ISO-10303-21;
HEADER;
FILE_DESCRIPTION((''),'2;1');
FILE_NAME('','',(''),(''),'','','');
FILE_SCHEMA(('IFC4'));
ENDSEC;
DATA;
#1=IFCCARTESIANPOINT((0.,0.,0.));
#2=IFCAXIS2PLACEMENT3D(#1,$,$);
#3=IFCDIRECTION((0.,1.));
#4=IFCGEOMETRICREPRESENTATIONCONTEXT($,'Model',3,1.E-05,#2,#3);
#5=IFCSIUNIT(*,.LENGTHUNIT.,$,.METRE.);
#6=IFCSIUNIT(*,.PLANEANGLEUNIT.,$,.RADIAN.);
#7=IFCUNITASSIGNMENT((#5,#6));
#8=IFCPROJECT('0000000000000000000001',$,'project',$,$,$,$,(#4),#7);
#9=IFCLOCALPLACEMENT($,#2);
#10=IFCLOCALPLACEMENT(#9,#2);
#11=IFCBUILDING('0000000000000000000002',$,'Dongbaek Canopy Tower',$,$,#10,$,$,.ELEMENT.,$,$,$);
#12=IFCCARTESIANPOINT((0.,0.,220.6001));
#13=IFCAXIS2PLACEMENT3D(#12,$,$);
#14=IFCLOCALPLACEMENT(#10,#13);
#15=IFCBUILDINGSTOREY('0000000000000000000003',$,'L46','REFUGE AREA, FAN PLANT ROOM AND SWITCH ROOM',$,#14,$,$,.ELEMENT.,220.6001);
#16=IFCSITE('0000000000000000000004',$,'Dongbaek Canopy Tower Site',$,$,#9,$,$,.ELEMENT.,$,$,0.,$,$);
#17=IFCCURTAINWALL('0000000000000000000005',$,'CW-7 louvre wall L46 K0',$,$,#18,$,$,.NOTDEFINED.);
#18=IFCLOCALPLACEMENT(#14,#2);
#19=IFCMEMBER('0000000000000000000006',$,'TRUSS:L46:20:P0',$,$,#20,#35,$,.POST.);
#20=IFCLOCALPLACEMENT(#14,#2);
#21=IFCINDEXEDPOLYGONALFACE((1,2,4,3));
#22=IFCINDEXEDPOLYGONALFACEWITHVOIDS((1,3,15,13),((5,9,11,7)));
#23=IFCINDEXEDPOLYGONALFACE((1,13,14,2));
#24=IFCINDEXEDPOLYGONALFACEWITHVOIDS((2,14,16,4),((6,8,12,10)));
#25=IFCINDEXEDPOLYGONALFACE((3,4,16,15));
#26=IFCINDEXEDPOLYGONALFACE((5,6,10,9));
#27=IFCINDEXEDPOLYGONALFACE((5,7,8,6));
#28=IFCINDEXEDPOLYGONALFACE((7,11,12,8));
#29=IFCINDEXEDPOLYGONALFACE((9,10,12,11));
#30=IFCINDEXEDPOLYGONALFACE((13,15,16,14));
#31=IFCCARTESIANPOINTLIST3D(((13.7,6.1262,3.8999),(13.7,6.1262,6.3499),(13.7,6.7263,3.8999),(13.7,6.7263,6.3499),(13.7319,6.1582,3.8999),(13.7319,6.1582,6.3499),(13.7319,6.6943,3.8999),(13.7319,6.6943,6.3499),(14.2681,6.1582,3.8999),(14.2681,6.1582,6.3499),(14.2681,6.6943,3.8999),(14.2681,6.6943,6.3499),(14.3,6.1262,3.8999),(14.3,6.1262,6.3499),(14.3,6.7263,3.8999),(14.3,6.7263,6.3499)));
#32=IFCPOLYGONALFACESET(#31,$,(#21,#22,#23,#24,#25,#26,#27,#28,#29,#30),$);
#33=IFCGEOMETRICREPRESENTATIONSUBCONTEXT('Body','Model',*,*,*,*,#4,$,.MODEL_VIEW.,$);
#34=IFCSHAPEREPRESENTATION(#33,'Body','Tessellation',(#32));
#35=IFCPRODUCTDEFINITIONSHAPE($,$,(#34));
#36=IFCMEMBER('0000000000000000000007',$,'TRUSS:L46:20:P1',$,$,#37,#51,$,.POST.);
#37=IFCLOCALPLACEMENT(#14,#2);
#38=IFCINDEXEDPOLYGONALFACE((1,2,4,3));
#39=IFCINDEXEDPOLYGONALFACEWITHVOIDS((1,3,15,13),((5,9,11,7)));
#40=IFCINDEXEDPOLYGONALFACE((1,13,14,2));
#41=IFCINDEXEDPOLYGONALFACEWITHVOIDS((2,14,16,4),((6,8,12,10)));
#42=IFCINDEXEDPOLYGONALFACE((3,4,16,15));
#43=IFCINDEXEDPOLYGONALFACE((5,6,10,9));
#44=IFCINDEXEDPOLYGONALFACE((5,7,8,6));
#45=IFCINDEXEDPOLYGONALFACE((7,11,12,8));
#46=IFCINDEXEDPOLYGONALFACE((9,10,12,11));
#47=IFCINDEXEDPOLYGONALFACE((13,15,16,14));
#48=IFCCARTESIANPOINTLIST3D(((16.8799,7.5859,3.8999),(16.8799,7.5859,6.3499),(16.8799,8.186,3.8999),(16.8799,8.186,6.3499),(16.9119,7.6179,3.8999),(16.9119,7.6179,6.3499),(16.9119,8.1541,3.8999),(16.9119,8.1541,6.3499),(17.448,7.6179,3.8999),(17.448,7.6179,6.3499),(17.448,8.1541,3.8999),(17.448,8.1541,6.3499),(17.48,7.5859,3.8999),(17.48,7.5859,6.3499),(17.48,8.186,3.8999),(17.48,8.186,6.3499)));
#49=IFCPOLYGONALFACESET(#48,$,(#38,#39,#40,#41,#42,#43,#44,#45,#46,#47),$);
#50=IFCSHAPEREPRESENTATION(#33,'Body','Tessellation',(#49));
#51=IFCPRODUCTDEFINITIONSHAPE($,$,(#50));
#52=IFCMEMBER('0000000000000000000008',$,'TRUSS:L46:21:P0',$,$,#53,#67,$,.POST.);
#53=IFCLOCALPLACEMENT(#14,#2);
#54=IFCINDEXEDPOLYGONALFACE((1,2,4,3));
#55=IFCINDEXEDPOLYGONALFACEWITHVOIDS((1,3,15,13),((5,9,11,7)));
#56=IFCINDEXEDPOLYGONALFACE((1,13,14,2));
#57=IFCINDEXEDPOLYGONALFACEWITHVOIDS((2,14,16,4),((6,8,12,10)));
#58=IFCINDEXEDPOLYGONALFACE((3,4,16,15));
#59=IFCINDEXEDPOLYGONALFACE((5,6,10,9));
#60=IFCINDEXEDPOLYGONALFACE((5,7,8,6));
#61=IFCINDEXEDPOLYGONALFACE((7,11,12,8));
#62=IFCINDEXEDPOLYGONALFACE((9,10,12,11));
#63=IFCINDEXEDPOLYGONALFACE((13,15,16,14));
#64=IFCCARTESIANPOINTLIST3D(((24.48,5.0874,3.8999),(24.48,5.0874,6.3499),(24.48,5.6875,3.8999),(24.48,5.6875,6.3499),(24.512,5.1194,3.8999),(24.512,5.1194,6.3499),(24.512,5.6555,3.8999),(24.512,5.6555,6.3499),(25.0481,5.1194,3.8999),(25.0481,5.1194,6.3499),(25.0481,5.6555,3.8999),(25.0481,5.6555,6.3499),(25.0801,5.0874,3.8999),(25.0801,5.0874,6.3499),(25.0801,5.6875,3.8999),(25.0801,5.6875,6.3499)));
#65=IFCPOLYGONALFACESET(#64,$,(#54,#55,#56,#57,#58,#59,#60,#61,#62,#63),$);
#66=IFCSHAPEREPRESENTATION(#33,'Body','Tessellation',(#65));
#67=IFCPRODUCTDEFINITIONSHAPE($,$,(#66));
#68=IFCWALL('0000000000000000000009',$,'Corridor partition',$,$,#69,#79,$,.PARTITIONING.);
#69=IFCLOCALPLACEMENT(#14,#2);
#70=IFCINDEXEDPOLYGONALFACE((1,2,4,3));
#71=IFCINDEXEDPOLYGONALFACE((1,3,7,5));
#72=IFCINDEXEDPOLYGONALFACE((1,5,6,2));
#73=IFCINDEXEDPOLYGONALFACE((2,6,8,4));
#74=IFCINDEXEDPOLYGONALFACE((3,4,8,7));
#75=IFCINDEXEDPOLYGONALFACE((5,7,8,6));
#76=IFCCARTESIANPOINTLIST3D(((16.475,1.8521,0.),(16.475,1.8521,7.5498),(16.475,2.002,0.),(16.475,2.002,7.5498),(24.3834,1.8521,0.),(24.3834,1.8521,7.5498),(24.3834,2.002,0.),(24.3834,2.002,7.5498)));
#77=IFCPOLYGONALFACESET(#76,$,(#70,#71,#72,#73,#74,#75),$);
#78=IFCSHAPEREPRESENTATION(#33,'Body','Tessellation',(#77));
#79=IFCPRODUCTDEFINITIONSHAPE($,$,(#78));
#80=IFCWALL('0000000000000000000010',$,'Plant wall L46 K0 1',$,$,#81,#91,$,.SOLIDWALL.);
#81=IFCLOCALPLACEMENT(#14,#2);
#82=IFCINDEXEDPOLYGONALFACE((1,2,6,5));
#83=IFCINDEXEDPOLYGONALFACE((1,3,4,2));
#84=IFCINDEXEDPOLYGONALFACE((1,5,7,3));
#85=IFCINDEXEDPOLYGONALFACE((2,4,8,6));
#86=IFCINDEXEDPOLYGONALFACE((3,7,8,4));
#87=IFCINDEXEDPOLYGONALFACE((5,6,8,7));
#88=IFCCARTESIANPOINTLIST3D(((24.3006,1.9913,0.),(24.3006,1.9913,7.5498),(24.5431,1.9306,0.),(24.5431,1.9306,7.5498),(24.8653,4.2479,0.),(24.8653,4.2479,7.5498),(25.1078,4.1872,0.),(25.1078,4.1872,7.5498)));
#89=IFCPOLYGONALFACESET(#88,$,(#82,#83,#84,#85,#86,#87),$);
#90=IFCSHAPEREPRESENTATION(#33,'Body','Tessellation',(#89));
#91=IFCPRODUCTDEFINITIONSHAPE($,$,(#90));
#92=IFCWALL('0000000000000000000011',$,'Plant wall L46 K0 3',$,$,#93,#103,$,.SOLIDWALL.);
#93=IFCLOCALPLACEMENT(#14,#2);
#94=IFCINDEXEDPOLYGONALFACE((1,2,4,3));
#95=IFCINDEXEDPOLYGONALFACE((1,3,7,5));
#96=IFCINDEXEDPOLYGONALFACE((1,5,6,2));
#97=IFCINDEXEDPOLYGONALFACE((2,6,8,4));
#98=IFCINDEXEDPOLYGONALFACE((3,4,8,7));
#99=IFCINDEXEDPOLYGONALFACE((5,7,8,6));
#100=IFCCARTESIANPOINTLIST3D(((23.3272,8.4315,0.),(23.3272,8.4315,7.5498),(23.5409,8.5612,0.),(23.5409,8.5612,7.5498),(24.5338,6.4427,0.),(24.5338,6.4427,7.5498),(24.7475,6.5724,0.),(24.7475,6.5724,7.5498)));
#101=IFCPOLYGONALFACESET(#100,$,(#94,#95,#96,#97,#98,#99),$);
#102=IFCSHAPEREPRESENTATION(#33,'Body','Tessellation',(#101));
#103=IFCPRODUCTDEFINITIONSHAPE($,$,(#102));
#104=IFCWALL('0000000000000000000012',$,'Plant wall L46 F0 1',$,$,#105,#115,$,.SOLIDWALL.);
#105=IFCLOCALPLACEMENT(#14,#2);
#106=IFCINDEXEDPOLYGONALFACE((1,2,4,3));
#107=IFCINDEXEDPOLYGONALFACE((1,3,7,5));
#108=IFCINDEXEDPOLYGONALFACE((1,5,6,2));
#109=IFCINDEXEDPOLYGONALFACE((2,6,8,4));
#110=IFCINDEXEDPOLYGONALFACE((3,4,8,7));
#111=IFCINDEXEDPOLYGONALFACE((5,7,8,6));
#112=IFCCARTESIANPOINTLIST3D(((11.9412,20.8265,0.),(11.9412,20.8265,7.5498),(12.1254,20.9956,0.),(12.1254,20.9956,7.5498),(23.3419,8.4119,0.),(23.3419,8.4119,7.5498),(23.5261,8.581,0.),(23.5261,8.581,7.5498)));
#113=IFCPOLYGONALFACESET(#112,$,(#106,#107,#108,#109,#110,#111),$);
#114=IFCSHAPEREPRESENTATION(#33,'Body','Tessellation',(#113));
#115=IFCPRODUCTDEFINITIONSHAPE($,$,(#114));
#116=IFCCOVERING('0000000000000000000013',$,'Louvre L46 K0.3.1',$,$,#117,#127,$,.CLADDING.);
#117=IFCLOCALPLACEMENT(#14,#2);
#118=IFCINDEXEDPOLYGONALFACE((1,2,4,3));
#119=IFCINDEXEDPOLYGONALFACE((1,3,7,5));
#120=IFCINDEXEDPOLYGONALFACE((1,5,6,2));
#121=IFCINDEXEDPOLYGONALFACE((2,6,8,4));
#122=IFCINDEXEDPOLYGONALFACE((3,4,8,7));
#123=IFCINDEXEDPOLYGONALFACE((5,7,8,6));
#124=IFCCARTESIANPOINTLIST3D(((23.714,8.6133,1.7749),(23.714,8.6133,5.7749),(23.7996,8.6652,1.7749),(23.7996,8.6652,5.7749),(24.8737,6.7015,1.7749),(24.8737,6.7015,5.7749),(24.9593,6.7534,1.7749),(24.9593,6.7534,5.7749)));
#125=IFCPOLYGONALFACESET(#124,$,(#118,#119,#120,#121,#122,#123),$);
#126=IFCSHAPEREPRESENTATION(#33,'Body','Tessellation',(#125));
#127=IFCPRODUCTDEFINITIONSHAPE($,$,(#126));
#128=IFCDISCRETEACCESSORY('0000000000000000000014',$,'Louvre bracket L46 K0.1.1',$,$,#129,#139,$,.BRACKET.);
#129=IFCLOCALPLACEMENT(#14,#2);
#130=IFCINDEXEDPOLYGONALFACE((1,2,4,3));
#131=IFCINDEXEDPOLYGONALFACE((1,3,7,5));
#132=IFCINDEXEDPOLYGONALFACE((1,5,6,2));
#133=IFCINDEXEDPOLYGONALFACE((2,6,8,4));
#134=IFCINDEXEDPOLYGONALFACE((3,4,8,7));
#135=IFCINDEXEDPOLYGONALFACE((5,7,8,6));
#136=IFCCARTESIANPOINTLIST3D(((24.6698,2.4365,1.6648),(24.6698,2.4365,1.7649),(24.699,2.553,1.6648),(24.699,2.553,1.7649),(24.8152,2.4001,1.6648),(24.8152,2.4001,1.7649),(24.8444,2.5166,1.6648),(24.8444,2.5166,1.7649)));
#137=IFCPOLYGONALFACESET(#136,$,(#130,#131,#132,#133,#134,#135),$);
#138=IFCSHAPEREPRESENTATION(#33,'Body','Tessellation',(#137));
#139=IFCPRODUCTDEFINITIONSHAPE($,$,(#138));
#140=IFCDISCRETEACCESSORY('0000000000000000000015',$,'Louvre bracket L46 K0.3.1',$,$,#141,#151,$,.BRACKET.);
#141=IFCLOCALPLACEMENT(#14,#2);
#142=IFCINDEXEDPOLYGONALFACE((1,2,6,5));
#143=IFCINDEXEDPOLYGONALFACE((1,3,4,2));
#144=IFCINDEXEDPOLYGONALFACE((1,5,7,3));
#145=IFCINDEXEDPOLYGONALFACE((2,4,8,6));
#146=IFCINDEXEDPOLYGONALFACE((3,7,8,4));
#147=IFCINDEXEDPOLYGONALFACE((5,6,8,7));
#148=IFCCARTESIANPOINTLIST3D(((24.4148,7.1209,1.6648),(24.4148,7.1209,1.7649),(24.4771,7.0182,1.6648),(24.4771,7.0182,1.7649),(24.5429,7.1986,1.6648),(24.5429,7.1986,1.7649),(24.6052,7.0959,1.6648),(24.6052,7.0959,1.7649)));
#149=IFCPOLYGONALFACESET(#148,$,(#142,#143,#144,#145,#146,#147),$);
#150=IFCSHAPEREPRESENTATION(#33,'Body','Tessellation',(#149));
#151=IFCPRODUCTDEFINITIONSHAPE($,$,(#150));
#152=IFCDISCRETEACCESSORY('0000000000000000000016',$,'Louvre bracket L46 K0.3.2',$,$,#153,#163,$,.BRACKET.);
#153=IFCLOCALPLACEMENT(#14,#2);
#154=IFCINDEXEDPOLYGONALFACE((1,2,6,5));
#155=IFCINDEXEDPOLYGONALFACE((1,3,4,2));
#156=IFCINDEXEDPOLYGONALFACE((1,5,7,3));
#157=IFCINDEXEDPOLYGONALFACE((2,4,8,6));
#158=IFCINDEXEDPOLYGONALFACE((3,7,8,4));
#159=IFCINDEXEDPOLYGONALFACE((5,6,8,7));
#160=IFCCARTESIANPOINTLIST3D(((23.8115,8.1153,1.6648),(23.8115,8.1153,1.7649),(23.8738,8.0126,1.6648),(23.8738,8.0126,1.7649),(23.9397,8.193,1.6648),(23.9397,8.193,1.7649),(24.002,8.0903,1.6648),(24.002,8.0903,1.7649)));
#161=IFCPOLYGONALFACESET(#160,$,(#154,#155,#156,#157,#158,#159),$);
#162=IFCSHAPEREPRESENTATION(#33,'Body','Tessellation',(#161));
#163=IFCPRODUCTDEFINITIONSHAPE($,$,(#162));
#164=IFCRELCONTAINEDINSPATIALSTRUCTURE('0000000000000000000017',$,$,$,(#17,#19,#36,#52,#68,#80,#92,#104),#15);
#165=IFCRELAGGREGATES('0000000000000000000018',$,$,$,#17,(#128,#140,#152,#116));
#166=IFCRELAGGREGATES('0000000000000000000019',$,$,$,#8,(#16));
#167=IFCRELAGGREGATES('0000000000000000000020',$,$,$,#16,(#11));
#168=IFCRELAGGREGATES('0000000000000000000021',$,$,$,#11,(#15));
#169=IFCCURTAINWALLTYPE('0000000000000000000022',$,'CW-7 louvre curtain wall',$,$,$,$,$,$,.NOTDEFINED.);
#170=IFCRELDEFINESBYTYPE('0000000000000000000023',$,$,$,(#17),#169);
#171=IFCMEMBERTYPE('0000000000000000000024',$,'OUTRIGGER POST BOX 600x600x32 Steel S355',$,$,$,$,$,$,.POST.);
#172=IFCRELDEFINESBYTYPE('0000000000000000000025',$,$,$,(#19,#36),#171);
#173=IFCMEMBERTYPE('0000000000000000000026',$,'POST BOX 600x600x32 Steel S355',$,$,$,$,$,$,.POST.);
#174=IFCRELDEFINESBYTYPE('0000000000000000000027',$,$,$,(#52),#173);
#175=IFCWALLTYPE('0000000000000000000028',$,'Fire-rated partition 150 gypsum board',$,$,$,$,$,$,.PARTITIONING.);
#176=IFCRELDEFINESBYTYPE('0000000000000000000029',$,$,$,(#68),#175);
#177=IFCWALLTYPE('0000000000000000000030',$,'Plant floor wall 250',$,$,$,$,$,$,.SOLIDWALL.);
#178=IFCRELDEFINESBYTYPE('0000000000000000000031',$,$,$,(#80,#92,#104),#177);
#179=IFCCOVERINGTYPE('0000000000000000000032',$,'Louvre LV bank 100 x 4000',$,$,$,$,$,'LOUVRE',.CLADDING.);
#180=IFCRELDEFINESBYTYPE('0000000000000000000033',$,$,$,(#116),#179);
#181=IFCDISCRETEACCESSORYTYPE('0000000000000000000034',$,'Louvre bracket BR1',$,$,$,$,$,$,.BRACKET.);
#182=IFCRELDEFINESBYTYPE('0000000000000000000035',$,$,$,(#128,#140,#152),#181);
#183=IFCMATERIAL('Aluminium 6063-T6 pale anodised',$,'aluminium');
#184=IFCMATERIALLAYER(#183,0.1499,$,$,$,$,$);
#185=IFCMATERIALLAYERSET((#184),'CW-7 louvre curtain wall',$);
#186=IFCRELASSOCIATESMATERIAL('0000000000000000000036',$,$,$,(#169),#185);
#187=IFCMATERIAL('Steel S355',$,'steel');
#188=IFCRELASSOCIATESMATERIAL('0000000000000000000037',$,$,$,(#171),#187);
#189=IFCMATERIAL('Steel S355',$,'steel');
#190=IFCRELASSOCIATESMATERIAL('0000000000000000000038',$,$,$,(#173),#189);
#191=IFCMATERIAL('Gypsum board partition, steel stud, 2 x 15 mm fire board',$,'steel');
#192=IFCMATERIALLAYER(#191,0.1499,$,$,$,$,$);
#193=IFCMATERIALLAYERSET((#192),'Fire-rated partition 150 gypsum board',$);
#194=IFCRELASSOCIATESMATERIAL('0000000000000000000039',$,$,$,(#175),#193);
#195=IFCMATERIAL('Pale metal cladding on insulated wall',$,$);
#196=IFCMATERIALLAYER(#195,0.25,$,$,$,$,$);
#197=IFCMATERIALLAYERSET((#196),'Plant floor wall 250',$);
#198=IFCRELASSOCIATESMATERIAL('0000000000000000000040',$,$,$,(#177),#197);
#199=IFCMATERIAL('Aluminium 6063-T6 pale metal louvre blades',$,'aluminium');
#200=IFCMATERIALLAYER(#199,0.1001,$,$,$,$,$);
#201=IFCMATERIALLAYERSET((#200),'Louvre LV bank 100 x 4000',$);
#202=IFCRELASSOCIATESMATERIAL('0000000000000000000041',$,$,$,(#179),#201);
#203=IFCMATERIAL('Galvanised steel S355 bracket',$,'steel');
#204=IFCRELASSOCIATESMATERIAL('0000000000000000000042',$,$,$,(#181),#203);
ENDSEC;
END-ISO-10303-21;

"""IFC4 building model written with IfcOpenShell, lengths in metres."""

from ifc_helpers import new_model, si_unit, direction, frame, frame_2d, origin, origin_2d, place, context, subcontext, project, spatial, rectangle, hollow_rectangle, extrude, material, layer, layer_set, material_profile, profile_set, type_object, element, aggregate, save


model = new_model("IFC4")

# Units and contexts
model_context = context("Model", 3, precision=1e-05, world=origin(), true_north=direction((0.0, 1.0)))
body_context = subcontext(model_context, "Body", "Model", "MODEL_VIEW")
ifc_project = project(units=[si_unit("LENGTHUNIT", "METRE"), si_unit("PLANEANGLEUNIT", "RADIAN")], contexts=[model_context])

# Site, building, storey
site_placement = place(None, origin())
site = spatial("IfcSite", under=ifc_project, at=site_placement, Name="Dongbaek Canopy Tower Site", CompositionType="ELEMENT", RefElevation=0.0)
building_placement = place(site_placement, origin())
building = spatial("IfcBuilding", under=site, at=building_placement, Name="Dongbaek Canopy Tower", CompositionType="ELEMENT")
storey_placement = place(building_placement, frame((0.0, 0.0, 220.6001)))
storey = spatial("IfcBuildingStorey", under=building, at=storey_placement, Name="L46", Description="REFUGE AREA, FAN PLANT ROOM AND SWITCH ROOM", CompositionType="ELEMENT", Elevation=220.6001)

# Curtain wall
ifc_material_1 = material(Name="Aluminium 6063-T6 pale anodised", Category="aluminium")
ifc_layer_1 = layer(ifc_material_1, 0.1499)
ifc_layer_set_1 = layer_set([ifc_layer_1], Name="CW-7 louvre curtain wall")
curtain_wall_type = type_object("IfcCurtainWallType", Name="CW-7 louvre curtain wall", PredefinedType="NOTDEFINED", material=ifc_layer_set_1)
curtain_wall_1_placement = place(storey_placement, origin())
curtain_wall_1 = element("IfcCurtainWall", 1, at=curtain_wall_1_placement, inside=storey, type_object=curtain_wall_type, Name="CW-7 louvre wall L46 K0", PredefinedType="NOTDEFINED")

# Members
ifc_material_2 = material(Name="Steel S355", Category="steel")
ifc_material_profile_1 = material_profile(ifc_material_2, hollow_rectangle(XDim=0.6001, YDim=0.6001, WallThickness=0.032, at=origin_2d()), Name="OUTRIGGER POST BOX 600x600x32 Steel S355")
ifc_profile_set_1 = profile_set([ifc_material_profile_1], Name="Steel S355")
member_type_1 = type_object("IfcMemberType", Name="OUTRIGGER POST BOX 600x600x32 Steel S355", PredefinedType="POST", material=ifc_profile_set_1)
for number, where, z_axis, x_axis, name in (
    (2, (14.0, 6.4263, 3.8999), (0.0, 0.0, 1.0), (1.0, 0.0, 0.0), "TRUSS:L46:20:P0"),
    (3, (17.1799, 7.886, 3.8999), (0.0, 0.0, 1.0), (1.0, 0.0, 0.0), "TRUSS:L46:20:P1"),
):
    element("IfcMember", number, at=place(storey_placement, frame(where, z_axis=z_axis, x_axis=x_axis)), inside=storey, type_object=member_type_1, Name=name, PredefinedType="POST", context=body_context, shape_type="SweptSolid", body=[
        extrude(hollow_rectangle(XDim=0.6001, YDim=0.6001, WallThickness=0.032, at=origin_2d()), origin(), (0.0, 0.0, 1.0), 2.45),
    ])
ifc_material_3 = material(Name="Steel S355", Category="steel")
ifc_material_profile_2 = material_profile(ifc_material_3, hollow_rectangle(XDim=0.6001, YDim=0.6001, WallThickness=0.032, at=origin_2d()), Name="POST BOX 600x600x32 Steel S355")
ifc_profile_set_2 = profile_set([ifc_material_profile_2], Name="Steel S355")
member_type_2 = type_object("IfcMemberType", Name="POST BOX 600x600x32 Steel S355", PredefinedType="POST", material=ifc_profile_set_2)
member_1_placement = place(storey_placement, frame((24.78, 5.3875, 3.8999), z_axis=(0.0, 0.0, 1.0), x_axis=(1.0, 0.0, 0.0)))
element("IfcMember", 4, at=member_1_placement, inside=storey, type_object=member_type_2, Name="TRUSS:L46:21:P0", PredefinedType="POST", context=body_context, shape_type="SweptSolid", body=[
    extrude(hollow_rectangle(XDim=0.6001, YDim=0.6001, WallThickness=0.032, at=origin_2d()), origin(), (0.0, 0.0, 1.0), 2.45),
])

# Walls
ifc_material_4 = material(Name="Gypsum board partition, steel stud, 2 x 15 mm fire board", Category="steel")
ifc_layer_2 = layer(ifc_material_4, 0.1499)
ifc_layer_set_2 = layer_set([ifc_layer_2], Name="Fire-rated partition 150 gypsum board")
wall_type_1 = type_object("IfcWallType", Name="Fire-rated partition 150 gypsum board", PredefinedType="PARTITIONING", material=ifc_layer_set_2)
wall_1_placement = place(storey_placement, frame((16.4751, 1.927, 0.0), z_axis=(0.0, 0.0, 1.0), x_axis=(1.0, 0.0, 0.0)))
element("IfcWall", 5, at=wall_1_placement, inside=storey, type_object=wall_type_1, Name="Corridor partition", PredefinedType="PARTITIONING", context=body_context, shape_type="SweptSolid", body=[
    extrude(rectangle(XDim=7.9084, YDim=0.1499, at=frame_2d((3.9541, 0.0))), origin(), (0.0, 0.0, 1.0), 7.5498),
])
ifc_material_5 = material(Name="Pale metal cladding on insulated wall")
ifc_layer_3 = layer(ifc_material_5, 0.25)
ifc_layer_set_3 = layer_set([ifc_layer_3], Name="Plant floor wall 250")
wall_type_2 = type_object("IfcWallType", Name="Plant floor wall 250", PredefinedType="SOLIDWALL", material=ifc_layer_set_3)
for number, where, z_axis, x_axis, name in (
    (6, (24.4219, 1.9609, 0.0), (0.0, 0.0, 1.0), (0.242758, 0.970087, 0.0), "Plant wall L46 K0 1"),
    (7, (24.6406, 6.5076, 0.0), (0.0, 0.0, 1.0), (-0.518688, 0.854964, 0.0), "Plant wall L46 K0 3"),
):
    element("IfcWall", number, at=place(storey_placement, frame(where, z_axis=z_axis, x_axis=x_axis)), inside=storey, type_object=wall_type_2, Name=name, PredefinedType="SOLIDWALL", context=body_context, shape_type="SweptSolid", body=[
        extrude(rectangle(XDim=2.3262, YDim=0.25, at=frame_2d((1.1631, 0.0))), origin(), (0.0, 0.0, 1.0), 7.5498),
    ])
wall_2_placement = place(storey_placement, frame((23.4341, 8.4963, 0.0), z_axis=(0.0, 0.0, 1.0), x_axis=(-0.676389, 0.736544, 0.0)))
element("IfcWall", 8, at=wall_2_placement, inside=storey, type_object=wall_type_2, Name="Plant wall L46 F0 1", PredefinedType="SOLIDWALL", context=body_context, shape_type="SweptSolid", body=[
    extrude(rectangle(XDim=16.8552, YDim=0.25, at=frame_2d((8.4277, 0.0))), origin(), (0.0, 0.0, 1.0), 7.5498),
])

# Covering
ifc_material_6 = material(Name="Aluminium 6063-T6 pale metal louvre blades", Category="aluminium")
ifc_layer_4 = layer(ifc_material_6, 0.1001)
ifc_layer_set_4 = layer_set([ifc_layer_4], Name="Louvre LV bank 100 x 4000")
covering_type = type_object("IfcCoveringType", Name="Louvre LV bank 100 x 4000", ElementType="LOUVRE", PredefinedType="CLADDING", material=ifc_layer_set_4)
covering_placement = place(storey_placement, frame((24.3367, 7.6833, 1.7749), z_axis=(0.0, 0.0, 1.0), x_axis=(-0.518615, 0.855008, 0.0)))
covering = element("IfcCovering", 9, at=covering_placement, type_object=covering_type, Name="Louvre L46 K0.3.1", PredefinedType="CLADDING", context=body_context, shape_type="SweptSolid", body=[
    extrude(rectangle(XDim=2.2361, YDim=0.1001, at=origin_2d()), origin(), (0.0, 0.0, 1.0), 4.0),
])

# Discrete accessories
ifc_material_7 = material(Name="Galvanised steel S355 bracket", Category="steel")
discrete_accessory_type = type_object("IfcDiscreteAccessoryType", Name="Louvre bracket BR1", PredefinedType="BRACKET", material=ifc_material_7)
discrete_accessory_1_placement = place(storey_placement, frame((24.7571, 2.4766, 1.6648), z_axis=(0.0, 0.0, 1.0), x_axis=(0.242808, 0.970074, 0.0)))
discrete_accessory_1 = element("IfcDiscreteAccessory", 10, at=discrete_accessory_1_placement, type_object=discrete_accessory_type, Name="Louvre bracket L46 K0.1.1", PredefinedType="BRACKET", context=body_context, shape_type="SweptSolid", body=[
    extrude(rectangle(XDim=0.1201, YDim=0.1499, at=origin_2d()), origin(), (0.0, 0.0, 1.0), 0.1001),
])
discrete_accessory_2_placement = place(storey_placement, frame((24.51, 7.1084, 1.6648), z_axis=(0.0, 0.0, 1.0), x_axis=(-0.518615, 0.855008, 0.0)))
discrete_accessory_2 = element("IfcDiscreteAccessory", 11, at=discrete_accessory_2_placement, type_object=discrete_accessory_type, Name="Louvre bracket L46 K0.3.1", PredefinedType="BRACKET", context=body_context, shape_type="SweptSolid", body=[
    extrude(rectangle(XDim=0.1201, YDim=0.1499, at=origin_2d()), origin(), (0.0, 0.0, 1.0), 0.1001),
])
discrete_accessory_3_placement = place(storey_placement, frame((23.9067, 8.1028, 1.6648), z_axis=(0.0, 0.0, 1.0), x_axis=(-0.518615, 0.855008, 0.0)))
discrete_accessory_3 = element("IfcDiscreteAccessory", 12, at=discrete_accessory_3_placement, type_object=discrete_accessory_type, Name="Louvre bracket L46 K0.3.2", PredefinedType="BRACKET", context=body_context, shape_type="SweptSolid", body=[
    extrude(rectangle(XDim=0.1201, YDim=0.1499, at=origin_2d()), origin(), (0.0, 0.0, 1.0), 0.1001),
])
aggregate(curtain_wall_1, [discrete_accessory_1, discrete_accessory_2, discrete_accessory_3, covering])

save(model, "model.ifc")
